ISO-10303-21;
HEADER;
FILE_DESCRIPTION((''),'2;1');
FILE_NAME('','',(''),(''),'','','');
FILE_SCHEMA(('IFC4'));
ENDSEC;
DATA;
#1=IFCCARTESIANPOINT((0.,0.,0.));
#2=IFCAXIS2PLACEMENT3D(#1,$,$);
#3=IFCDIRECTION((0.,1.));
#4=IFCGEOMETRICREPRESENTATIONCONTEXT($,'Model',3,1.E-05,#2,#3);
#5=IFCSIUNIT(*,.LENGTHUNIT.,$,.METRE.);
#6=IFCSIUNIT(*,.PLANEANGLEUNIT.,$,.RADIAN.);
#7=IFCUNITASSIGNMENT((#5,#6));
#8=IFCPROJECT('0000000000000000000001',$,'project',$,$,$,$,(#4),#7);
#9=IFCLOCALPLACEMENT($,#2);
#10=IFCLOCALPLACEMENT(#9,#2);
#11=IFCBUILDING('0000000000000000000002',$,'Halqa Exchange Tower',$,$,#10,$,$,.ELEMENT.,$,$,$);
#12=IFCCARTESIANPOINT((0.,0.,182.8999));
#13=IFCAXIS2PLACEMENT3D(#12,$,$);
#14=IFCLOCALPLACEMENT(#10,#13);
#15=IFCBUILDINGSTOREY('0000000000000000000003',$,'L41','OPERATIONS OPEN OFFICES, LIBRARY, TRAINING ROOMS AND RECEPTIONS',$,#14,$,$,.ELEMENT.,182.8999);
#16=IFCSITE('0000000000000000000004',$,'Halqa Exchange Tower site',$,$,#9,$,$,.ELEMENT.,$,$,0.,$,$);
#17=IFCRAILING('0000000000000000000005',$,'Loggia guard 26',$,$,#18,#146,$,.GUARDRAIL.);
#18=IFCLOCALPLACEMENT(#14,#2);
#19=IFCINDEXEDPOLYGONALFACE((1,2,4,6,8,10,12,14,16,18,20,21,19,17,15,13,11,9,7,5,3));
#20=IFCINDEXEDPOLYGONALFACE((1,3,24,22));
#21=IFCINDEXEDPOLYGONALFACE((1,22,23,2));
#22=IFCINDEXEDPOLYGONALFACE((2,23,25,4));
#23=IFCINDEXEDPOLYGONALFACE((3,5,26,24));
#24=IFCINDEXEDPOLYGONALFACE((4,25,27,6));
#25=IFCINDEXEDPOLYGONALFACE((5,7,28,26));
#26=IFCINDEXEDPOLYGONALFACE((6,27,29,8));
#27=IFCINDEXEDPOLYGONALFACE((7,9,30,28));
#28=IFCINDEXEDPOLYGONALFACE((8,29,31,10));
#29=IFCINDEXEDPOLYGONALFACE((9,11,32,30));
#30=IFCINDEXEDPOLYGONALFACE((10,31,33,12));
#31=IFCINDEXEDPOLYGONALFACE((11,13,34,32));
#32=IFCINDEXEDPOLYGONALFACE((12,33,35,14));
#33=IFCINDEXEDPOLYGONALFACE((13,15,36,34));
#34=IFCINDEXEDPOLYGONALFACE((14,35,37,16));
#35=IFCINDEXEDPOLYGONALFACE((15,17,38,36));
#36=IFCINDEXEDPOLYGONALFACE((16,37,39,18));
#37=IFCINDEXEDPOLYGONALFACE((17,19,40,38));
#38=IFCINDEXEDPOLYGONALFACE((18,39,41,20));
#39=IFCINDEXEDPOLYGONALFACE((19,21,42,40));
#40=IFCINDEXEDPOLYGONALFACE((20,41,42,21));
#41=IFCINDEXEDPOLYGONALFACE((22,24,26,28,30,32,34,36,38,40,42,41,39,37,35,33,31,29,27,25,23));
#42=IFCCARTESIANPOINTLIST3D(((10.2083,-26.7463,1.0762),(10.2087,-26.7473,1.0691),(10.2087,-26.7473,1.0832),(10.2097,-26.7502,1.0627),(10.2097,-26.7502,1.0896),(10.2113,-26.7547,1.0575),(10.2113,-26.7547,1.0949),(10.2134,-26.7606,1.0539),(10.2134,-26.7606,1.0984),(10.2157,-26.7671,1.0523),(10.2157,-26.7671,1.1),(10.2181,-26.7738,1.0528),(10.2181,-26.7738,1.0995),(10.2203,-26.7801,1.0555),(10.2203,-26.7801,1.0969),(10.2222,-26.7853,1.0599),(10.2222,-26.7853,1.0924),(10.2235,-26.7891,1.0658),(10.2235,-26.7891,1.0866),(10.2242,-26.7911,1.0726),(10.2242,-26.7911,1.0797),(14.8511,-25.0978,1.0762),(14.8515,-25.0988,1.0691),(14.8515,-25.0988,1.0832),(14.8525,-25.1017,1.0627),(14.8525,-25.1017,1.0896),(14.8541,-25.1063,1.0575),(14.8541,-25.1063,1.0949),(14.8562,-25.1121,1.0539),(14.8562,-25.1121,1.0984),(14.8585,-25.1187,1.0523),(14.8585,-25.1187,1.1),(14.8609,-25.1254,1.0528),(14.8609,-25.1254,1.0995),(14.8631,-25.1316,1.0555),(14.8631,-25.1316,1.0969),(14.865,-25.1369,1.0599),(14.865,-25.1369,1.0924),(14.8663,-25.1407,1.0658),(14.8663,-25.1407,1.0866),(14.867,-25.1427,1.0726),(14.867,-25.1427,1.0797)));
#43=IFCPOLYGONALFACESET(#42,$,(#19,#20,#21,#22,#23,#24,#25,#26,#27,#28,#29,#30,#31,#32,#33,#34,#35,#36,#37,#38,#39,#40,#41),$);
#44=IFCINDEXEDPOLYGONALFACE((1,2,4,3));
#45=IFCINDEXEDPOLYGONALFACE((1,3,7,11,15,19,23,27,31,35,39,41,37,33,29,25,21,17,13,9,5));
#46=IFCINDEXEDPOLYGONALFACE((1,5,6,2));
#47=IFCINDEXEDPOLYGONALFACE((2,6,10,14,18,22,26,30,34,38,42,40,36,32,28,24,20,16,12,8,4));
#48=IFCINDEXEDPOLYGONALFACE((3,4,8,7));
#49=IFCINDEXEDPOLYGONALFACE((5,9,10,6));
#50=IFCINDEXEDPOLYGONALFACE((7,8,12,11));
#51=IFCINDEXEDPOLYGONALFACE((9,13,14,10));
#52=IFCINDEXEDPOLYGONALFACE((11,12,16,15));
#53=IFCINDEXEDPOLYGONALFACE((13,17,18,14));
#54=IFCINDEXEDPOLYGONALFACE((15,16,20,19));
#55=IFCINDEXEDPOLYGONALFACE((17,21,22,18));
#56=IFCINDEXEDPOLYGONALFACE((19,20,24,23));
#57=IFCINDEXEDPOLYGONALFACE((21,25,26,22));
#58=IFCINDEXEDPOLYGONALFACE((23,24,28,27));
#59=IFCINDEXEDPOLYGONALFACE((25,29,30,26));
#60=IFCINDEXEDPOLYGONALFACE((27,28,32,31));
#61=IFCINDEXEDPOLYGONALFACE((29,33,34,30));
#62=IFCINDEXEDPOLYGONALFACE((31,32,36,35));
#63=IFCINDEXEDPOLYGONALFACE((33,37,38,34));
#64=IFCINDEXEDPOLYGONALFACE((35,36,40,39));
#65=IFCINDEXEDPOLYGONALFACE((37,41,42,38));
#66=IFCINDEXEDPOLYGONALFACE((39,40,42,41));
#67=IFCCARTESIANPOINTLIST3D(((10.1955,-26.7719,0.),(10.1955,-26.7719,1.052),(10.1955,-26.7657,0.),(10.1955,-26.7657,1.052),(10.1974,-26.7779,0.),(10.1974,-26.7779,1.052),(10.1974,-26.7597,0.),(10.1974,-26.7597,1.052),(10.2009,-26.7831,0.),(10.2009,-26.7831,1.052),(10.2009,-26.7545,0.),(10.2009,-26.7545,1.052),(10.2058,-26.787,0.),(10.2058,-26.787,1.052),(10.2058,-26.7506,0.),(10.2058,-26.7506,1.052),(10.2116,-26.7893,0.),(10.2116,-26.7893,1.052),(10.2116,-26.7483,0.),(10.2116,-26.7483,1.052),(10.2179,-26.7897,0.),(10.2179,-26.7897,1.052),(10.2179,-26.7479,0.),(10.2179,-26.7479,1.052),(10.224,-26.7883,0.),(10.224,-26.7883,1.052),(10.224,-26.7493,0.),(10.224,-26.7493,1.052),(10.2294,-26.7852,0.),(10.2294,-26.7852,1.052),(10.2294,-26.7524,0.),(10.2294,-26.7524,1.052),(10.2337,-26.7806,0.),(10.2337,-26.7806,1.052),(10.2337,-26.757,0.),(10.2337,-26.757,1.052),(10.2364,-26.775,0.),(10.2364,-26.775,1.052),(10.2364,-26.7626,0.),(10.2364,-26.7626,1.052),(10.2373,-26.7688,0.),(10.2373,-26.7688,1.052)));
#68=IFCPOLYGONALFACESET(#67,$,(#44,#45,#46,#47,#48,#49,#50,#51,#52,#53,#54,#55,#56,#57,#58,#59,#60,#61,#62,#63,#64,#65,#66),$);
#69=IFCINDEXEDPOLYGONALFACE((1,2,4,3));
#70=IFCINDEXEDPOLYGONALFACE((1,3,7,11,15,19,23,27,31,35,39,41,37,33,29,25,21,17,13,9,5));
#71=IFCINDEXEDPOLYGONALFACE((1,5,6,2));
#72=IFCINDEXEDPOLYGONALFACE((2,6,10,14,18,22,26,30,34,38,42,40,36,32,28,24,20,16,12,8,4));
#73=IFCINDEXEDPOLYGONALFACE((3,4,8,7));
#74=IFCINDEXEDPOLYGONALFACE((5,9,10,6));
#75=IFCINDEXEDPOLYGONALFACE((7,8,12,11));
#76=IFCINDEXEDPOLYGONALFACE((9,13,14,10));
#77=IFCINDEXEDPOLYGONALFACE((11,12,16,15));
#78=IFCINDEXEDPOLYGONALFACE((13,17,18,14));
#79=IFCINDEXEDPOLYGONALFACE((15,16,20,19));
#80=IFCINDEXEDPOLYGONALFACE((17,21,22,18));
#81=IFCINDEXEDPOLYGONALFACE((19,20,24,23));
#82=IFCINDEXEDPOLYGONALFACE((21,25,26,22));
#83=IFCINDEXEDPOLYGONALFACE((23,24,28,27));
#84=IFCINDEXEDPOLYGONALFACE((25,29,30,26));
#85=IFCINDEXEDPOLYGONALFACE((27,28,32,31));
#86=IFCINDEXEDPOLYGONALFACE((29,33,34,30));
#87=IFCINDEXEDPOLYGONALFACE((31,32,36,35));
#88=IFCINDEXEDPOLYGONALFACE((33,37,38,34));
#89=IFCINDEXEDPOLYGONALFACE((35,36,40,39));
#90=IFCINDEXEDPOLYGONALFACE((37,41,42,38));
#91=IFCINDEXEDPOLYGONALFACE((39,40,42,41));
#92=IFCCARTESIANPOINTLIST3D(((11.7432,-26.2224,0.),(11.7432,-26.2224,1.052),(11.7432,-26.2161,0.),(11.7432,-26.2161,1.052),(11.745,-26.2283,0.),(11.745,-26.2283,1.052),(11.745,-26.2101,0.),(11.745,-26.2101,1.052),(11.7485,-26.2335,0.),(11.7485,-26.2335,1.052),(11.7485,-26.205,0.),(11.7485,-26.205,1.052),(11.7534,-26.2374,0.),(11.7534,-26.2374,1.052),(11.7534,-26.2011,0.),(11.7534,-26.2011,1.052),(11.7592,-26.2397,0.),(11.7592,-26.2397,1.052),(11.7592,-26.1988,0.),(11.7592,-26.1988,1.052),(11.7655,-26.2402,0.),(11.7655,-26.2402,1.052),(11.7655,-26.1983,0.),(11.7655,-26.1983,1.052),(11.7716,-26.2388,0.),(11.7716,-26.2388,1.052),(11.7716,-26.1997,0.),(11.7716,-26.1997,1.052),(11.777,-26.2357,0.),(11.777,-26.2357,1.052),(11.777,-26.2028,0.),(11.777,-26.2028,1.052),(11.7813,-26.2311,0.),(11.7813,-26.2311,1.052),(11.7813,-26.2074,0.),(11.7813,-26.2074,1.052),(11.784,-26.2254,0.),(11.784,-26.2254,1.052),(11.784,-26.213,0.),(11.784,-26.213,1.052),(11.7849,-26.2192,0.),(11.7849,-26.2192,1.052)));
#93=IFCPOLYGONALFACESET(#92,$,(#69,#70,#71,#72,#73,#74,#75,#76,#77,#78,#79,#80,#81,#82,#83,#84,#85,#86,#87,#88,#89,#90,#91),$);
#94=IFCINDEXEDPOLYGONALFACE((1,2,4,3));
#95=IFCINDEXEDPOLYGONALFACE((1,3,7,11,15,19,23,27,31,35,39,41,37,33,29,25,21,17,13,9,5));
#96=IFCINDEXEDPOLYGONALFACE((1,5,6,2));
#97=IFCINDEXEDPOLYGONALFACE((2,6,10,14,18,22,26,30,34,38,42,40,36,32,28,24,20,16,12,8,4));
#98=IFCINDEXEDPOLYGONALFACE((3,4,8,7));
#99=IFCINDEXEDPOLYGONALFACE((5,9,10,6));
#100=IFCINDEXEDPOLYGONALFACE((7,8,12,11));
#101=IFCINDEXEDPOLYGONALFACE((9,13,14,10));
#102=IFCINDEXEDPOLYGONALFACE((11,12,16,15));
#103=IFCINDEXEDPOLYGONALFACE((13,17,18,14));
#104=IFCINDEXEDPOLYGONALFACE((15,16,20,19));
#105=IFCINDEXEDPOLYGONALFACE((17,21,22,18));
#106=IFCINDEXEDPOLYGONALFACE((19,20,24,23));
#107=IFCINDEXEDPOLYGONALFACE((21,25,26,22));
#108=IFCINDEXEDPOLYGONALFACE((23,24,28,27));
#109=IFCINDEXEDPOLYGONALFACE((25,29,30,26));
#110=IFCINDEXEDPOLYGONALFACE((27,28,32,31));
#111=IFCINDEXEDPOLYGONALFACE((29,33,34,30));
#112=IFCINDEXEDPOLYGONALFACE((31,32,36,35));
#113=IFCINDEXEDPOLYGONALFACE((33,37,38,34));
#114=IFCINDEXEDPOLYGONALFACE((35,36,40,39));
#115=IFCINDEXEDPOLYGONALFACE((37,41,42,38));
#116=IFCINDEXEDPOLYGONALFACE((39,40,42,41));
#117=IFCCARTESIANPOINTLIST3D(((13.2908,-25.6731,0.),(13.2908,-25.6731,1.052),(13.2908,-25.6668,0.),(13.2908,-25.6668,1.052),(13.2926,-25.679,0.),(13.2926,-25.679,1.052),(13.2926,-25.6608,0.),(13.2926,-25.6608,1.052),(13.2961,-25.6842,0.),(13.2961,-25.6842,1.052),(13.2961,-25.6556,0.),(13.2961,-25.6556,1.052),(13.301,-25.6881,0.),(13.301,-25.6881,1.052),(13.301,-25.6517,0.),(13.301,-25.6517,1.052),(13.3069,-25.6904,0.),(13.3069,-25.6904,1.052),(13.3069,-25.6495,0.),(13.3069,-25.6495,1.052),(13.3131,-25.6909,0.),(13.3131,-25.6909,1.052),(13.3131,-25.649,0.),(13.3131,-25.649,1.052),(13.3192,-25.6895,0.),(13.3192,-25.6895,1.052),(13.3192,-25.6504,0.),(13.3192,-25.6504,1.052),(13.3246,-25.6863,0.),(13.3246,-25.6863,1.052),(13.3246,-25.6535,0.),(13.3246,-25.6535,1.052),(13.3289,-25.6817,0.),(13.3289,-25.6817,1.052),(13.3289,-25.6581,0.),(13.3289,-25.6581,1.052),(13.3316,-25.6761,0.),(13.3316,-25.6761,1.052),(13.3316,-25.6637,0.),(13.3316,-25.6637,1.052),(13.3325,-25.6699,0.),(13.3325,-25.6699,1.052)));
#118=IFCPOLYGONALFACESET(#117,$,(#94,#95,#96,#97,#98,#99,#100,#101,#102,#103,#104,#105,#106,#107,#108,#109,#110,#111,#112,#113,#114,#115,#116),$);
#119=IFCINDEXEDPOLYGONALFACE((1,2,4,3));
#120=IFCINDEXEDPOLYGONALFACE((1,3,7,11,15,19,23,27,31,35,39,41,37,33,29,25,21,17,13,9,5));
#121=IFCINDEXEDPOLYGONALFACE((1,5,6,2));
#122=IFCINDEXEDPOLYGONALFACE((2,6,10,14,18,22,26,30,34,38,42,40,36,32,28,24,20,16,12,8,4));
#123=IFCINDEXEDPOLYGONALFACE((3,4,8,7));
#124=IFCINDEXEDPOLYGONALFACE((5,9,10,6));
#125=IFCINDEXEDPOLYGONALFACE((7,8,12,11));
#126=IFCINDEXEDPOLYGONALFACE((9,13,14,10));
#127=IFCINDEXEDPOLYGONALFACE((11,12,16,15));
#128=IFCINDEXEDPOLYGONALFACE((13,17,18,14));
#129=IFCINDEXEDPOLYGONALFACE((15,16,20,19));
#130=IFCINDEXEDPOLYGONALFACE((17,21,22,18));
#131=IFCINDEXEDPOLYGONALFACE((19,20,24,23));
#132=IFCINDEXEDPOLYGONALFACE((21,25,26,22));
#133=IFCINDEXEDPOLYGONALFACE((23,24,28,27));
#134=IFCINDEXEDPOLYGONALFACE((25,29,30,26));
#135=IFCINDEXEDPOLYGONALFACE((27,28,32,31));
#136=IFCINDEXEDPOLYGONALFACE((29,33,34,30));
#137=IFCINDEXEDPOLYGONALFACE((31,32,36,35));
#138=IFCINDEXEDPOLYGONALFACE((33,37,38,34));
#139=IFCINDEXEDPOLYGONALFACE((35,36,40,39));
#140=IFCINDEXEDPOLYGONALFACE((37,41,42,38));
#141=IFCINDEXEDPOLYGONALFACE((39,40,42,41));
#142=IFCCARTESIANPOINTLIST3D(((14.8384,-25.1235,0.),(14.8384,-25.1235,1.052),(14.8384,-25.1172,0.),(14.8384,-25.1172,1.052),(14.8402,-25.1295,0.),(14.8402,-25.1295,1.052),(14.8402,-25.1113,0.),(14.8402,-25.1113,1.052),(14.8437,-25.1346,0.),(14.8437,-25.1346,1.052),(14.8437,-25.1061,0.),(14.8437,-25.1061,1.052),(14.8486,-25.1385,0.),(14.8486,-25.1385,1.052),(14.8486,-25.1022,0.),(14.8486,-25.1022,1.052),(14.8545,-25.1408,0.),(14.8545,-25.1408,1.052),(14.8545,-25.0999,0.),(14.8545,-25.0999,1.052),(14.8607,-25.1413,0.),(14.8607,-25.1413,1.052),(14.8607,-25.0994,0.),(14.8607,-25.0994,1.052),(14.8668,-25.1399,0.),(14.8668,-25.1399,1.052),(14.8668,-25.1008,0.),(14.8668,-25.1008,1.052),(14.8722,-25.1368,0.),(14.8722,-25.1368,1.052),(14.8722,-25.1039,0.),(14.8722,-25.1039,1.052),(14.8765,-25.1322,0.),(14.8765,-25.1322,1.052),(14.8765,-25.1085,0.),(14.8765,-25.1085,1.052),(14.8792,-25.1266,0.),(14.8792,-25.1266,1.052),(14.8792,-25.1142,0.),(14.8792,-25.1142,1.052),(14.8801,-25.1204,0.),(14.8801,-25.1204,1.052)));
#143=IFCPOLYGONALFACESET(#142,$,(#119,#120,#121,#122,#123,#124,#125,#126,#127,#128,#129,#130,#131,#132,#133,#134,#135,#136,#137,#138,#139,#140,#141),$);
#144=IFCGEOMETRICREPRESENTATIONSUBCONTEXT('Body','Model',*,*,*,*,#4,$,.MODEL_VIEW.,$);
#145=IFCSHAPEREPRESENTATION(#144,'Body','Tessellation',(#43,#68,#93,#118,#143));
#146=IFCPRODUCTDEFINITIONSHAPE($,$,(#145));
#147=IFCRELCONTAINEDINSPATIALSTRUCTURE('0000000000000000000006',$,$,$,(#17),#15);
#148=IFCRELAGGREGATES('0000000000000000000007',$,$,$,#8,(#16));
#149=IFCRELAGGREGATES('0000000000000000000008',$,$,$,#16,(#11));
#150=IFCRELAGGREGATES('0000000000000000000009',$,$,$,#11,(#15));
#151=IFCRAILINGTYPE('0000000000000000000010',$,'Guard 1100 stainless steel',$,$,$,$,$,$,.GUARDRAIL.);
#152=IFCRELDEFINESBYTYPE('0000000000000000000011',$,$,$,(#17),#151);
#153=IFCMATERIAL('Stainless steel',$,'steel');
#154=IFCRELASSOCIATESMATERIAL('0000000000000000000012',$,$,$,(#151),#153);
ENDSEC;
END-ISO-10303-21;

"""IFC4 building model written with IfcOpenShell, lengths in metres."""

from ifc_helpers import new_model, si_unit, direction, frame, origin, origin_2d, place, context, subcontext, project, spatial, circle, extrude, material, type_object, element, save


model = new_model("IFC4")

# Units and contexts
model_context = context("Model", 3, precision=1e-05, world=origin(), true_north=direction((0.0, 1.0)))
body_context = subcontext(model_context, "Body", "Model", "MODEL_VIEW")
ifc_project = project(units=[si_unit("LENGTHUNIT", "METRE"), si_unit("PLANEANGLEUNIT", "RADIAN")], contexts=[model_context])

# Site, building, storey
site_placement = place(None, origin())
site = spatial("IfcSite", under=ifc_project, at=site_placement, Name="Halqa Exchange Tower site", CompositionType="ELEMENT", RefElevation=0.0)
building_placement = place(site_placement, origin())
building = spatial("IfcBuilding", under=site, at=building_placement, Name="Halqa Exchange Tower", CompositionType="ELEMENT")
storey_placement = place(building_placement, frame((0.0, 0.0, 182.8999)))
storey = spatial("IfcBuildingStorey", under=building, at=storey_placement, Name="L41", Description="OPERATIONS OPEN OFFICES, LIBRARY, TRAINING ROOMS AND RECEPTIONS", CompositionType="ELEMENT", Elevation=182.8999)

# Railing
ifc_material_1 = material(Name="Stainless steel", Category="steel")
railing_type = type_object("IfcRailingType", Name="Guard 1100 stainless steel", PredefinedType="GUARDRAIL", material=ifc_material_1)
railing_1_placement = place(storey_placement, frame((10.2163, -26.7688, 0.0)))
element("IfcRailing", 1, at=railing_1_placement, inside=storey, type_object=railing_type, Name="Loggia guard 26", PredefinedType="GUARDRAIL", context=body_context, shape_type="SweptSolid", body=[
    extrude(circle(Radius=0.0239, at=origin_2d()), frame((0.0, 0.0, 1.0762), z_axis=(0.942365, 0.334587, 0.0), x_axis=(-0.334587, 0.942365, 0.0)), (0.0, 0.0, 1.0), 4.9268),
    extrude(circle(Radius=0.021, at=origin_2d()), origin(), (0.0, 0.0, 1.0), 1.052),
    extrude(circle(Radius=0.021, at=origin_2d()), frame((1.5476, 0.5496, 0.0)), (0.0, 0.0, 1.0), 1.052),
    extrude(circle(Radius=0.021, at=origin_2d()), frame((3.0952, 1.0989, 0.0)), (0.0, 0.0, 1.0), 1.052),
    extrude(circle(Radius=0.021, at=origin_2d()), frame((4.6428, 1.6484, 0.0)), (0.0, 0.0, 1.0), 1.052),
])

save(model, "model.ifc")
